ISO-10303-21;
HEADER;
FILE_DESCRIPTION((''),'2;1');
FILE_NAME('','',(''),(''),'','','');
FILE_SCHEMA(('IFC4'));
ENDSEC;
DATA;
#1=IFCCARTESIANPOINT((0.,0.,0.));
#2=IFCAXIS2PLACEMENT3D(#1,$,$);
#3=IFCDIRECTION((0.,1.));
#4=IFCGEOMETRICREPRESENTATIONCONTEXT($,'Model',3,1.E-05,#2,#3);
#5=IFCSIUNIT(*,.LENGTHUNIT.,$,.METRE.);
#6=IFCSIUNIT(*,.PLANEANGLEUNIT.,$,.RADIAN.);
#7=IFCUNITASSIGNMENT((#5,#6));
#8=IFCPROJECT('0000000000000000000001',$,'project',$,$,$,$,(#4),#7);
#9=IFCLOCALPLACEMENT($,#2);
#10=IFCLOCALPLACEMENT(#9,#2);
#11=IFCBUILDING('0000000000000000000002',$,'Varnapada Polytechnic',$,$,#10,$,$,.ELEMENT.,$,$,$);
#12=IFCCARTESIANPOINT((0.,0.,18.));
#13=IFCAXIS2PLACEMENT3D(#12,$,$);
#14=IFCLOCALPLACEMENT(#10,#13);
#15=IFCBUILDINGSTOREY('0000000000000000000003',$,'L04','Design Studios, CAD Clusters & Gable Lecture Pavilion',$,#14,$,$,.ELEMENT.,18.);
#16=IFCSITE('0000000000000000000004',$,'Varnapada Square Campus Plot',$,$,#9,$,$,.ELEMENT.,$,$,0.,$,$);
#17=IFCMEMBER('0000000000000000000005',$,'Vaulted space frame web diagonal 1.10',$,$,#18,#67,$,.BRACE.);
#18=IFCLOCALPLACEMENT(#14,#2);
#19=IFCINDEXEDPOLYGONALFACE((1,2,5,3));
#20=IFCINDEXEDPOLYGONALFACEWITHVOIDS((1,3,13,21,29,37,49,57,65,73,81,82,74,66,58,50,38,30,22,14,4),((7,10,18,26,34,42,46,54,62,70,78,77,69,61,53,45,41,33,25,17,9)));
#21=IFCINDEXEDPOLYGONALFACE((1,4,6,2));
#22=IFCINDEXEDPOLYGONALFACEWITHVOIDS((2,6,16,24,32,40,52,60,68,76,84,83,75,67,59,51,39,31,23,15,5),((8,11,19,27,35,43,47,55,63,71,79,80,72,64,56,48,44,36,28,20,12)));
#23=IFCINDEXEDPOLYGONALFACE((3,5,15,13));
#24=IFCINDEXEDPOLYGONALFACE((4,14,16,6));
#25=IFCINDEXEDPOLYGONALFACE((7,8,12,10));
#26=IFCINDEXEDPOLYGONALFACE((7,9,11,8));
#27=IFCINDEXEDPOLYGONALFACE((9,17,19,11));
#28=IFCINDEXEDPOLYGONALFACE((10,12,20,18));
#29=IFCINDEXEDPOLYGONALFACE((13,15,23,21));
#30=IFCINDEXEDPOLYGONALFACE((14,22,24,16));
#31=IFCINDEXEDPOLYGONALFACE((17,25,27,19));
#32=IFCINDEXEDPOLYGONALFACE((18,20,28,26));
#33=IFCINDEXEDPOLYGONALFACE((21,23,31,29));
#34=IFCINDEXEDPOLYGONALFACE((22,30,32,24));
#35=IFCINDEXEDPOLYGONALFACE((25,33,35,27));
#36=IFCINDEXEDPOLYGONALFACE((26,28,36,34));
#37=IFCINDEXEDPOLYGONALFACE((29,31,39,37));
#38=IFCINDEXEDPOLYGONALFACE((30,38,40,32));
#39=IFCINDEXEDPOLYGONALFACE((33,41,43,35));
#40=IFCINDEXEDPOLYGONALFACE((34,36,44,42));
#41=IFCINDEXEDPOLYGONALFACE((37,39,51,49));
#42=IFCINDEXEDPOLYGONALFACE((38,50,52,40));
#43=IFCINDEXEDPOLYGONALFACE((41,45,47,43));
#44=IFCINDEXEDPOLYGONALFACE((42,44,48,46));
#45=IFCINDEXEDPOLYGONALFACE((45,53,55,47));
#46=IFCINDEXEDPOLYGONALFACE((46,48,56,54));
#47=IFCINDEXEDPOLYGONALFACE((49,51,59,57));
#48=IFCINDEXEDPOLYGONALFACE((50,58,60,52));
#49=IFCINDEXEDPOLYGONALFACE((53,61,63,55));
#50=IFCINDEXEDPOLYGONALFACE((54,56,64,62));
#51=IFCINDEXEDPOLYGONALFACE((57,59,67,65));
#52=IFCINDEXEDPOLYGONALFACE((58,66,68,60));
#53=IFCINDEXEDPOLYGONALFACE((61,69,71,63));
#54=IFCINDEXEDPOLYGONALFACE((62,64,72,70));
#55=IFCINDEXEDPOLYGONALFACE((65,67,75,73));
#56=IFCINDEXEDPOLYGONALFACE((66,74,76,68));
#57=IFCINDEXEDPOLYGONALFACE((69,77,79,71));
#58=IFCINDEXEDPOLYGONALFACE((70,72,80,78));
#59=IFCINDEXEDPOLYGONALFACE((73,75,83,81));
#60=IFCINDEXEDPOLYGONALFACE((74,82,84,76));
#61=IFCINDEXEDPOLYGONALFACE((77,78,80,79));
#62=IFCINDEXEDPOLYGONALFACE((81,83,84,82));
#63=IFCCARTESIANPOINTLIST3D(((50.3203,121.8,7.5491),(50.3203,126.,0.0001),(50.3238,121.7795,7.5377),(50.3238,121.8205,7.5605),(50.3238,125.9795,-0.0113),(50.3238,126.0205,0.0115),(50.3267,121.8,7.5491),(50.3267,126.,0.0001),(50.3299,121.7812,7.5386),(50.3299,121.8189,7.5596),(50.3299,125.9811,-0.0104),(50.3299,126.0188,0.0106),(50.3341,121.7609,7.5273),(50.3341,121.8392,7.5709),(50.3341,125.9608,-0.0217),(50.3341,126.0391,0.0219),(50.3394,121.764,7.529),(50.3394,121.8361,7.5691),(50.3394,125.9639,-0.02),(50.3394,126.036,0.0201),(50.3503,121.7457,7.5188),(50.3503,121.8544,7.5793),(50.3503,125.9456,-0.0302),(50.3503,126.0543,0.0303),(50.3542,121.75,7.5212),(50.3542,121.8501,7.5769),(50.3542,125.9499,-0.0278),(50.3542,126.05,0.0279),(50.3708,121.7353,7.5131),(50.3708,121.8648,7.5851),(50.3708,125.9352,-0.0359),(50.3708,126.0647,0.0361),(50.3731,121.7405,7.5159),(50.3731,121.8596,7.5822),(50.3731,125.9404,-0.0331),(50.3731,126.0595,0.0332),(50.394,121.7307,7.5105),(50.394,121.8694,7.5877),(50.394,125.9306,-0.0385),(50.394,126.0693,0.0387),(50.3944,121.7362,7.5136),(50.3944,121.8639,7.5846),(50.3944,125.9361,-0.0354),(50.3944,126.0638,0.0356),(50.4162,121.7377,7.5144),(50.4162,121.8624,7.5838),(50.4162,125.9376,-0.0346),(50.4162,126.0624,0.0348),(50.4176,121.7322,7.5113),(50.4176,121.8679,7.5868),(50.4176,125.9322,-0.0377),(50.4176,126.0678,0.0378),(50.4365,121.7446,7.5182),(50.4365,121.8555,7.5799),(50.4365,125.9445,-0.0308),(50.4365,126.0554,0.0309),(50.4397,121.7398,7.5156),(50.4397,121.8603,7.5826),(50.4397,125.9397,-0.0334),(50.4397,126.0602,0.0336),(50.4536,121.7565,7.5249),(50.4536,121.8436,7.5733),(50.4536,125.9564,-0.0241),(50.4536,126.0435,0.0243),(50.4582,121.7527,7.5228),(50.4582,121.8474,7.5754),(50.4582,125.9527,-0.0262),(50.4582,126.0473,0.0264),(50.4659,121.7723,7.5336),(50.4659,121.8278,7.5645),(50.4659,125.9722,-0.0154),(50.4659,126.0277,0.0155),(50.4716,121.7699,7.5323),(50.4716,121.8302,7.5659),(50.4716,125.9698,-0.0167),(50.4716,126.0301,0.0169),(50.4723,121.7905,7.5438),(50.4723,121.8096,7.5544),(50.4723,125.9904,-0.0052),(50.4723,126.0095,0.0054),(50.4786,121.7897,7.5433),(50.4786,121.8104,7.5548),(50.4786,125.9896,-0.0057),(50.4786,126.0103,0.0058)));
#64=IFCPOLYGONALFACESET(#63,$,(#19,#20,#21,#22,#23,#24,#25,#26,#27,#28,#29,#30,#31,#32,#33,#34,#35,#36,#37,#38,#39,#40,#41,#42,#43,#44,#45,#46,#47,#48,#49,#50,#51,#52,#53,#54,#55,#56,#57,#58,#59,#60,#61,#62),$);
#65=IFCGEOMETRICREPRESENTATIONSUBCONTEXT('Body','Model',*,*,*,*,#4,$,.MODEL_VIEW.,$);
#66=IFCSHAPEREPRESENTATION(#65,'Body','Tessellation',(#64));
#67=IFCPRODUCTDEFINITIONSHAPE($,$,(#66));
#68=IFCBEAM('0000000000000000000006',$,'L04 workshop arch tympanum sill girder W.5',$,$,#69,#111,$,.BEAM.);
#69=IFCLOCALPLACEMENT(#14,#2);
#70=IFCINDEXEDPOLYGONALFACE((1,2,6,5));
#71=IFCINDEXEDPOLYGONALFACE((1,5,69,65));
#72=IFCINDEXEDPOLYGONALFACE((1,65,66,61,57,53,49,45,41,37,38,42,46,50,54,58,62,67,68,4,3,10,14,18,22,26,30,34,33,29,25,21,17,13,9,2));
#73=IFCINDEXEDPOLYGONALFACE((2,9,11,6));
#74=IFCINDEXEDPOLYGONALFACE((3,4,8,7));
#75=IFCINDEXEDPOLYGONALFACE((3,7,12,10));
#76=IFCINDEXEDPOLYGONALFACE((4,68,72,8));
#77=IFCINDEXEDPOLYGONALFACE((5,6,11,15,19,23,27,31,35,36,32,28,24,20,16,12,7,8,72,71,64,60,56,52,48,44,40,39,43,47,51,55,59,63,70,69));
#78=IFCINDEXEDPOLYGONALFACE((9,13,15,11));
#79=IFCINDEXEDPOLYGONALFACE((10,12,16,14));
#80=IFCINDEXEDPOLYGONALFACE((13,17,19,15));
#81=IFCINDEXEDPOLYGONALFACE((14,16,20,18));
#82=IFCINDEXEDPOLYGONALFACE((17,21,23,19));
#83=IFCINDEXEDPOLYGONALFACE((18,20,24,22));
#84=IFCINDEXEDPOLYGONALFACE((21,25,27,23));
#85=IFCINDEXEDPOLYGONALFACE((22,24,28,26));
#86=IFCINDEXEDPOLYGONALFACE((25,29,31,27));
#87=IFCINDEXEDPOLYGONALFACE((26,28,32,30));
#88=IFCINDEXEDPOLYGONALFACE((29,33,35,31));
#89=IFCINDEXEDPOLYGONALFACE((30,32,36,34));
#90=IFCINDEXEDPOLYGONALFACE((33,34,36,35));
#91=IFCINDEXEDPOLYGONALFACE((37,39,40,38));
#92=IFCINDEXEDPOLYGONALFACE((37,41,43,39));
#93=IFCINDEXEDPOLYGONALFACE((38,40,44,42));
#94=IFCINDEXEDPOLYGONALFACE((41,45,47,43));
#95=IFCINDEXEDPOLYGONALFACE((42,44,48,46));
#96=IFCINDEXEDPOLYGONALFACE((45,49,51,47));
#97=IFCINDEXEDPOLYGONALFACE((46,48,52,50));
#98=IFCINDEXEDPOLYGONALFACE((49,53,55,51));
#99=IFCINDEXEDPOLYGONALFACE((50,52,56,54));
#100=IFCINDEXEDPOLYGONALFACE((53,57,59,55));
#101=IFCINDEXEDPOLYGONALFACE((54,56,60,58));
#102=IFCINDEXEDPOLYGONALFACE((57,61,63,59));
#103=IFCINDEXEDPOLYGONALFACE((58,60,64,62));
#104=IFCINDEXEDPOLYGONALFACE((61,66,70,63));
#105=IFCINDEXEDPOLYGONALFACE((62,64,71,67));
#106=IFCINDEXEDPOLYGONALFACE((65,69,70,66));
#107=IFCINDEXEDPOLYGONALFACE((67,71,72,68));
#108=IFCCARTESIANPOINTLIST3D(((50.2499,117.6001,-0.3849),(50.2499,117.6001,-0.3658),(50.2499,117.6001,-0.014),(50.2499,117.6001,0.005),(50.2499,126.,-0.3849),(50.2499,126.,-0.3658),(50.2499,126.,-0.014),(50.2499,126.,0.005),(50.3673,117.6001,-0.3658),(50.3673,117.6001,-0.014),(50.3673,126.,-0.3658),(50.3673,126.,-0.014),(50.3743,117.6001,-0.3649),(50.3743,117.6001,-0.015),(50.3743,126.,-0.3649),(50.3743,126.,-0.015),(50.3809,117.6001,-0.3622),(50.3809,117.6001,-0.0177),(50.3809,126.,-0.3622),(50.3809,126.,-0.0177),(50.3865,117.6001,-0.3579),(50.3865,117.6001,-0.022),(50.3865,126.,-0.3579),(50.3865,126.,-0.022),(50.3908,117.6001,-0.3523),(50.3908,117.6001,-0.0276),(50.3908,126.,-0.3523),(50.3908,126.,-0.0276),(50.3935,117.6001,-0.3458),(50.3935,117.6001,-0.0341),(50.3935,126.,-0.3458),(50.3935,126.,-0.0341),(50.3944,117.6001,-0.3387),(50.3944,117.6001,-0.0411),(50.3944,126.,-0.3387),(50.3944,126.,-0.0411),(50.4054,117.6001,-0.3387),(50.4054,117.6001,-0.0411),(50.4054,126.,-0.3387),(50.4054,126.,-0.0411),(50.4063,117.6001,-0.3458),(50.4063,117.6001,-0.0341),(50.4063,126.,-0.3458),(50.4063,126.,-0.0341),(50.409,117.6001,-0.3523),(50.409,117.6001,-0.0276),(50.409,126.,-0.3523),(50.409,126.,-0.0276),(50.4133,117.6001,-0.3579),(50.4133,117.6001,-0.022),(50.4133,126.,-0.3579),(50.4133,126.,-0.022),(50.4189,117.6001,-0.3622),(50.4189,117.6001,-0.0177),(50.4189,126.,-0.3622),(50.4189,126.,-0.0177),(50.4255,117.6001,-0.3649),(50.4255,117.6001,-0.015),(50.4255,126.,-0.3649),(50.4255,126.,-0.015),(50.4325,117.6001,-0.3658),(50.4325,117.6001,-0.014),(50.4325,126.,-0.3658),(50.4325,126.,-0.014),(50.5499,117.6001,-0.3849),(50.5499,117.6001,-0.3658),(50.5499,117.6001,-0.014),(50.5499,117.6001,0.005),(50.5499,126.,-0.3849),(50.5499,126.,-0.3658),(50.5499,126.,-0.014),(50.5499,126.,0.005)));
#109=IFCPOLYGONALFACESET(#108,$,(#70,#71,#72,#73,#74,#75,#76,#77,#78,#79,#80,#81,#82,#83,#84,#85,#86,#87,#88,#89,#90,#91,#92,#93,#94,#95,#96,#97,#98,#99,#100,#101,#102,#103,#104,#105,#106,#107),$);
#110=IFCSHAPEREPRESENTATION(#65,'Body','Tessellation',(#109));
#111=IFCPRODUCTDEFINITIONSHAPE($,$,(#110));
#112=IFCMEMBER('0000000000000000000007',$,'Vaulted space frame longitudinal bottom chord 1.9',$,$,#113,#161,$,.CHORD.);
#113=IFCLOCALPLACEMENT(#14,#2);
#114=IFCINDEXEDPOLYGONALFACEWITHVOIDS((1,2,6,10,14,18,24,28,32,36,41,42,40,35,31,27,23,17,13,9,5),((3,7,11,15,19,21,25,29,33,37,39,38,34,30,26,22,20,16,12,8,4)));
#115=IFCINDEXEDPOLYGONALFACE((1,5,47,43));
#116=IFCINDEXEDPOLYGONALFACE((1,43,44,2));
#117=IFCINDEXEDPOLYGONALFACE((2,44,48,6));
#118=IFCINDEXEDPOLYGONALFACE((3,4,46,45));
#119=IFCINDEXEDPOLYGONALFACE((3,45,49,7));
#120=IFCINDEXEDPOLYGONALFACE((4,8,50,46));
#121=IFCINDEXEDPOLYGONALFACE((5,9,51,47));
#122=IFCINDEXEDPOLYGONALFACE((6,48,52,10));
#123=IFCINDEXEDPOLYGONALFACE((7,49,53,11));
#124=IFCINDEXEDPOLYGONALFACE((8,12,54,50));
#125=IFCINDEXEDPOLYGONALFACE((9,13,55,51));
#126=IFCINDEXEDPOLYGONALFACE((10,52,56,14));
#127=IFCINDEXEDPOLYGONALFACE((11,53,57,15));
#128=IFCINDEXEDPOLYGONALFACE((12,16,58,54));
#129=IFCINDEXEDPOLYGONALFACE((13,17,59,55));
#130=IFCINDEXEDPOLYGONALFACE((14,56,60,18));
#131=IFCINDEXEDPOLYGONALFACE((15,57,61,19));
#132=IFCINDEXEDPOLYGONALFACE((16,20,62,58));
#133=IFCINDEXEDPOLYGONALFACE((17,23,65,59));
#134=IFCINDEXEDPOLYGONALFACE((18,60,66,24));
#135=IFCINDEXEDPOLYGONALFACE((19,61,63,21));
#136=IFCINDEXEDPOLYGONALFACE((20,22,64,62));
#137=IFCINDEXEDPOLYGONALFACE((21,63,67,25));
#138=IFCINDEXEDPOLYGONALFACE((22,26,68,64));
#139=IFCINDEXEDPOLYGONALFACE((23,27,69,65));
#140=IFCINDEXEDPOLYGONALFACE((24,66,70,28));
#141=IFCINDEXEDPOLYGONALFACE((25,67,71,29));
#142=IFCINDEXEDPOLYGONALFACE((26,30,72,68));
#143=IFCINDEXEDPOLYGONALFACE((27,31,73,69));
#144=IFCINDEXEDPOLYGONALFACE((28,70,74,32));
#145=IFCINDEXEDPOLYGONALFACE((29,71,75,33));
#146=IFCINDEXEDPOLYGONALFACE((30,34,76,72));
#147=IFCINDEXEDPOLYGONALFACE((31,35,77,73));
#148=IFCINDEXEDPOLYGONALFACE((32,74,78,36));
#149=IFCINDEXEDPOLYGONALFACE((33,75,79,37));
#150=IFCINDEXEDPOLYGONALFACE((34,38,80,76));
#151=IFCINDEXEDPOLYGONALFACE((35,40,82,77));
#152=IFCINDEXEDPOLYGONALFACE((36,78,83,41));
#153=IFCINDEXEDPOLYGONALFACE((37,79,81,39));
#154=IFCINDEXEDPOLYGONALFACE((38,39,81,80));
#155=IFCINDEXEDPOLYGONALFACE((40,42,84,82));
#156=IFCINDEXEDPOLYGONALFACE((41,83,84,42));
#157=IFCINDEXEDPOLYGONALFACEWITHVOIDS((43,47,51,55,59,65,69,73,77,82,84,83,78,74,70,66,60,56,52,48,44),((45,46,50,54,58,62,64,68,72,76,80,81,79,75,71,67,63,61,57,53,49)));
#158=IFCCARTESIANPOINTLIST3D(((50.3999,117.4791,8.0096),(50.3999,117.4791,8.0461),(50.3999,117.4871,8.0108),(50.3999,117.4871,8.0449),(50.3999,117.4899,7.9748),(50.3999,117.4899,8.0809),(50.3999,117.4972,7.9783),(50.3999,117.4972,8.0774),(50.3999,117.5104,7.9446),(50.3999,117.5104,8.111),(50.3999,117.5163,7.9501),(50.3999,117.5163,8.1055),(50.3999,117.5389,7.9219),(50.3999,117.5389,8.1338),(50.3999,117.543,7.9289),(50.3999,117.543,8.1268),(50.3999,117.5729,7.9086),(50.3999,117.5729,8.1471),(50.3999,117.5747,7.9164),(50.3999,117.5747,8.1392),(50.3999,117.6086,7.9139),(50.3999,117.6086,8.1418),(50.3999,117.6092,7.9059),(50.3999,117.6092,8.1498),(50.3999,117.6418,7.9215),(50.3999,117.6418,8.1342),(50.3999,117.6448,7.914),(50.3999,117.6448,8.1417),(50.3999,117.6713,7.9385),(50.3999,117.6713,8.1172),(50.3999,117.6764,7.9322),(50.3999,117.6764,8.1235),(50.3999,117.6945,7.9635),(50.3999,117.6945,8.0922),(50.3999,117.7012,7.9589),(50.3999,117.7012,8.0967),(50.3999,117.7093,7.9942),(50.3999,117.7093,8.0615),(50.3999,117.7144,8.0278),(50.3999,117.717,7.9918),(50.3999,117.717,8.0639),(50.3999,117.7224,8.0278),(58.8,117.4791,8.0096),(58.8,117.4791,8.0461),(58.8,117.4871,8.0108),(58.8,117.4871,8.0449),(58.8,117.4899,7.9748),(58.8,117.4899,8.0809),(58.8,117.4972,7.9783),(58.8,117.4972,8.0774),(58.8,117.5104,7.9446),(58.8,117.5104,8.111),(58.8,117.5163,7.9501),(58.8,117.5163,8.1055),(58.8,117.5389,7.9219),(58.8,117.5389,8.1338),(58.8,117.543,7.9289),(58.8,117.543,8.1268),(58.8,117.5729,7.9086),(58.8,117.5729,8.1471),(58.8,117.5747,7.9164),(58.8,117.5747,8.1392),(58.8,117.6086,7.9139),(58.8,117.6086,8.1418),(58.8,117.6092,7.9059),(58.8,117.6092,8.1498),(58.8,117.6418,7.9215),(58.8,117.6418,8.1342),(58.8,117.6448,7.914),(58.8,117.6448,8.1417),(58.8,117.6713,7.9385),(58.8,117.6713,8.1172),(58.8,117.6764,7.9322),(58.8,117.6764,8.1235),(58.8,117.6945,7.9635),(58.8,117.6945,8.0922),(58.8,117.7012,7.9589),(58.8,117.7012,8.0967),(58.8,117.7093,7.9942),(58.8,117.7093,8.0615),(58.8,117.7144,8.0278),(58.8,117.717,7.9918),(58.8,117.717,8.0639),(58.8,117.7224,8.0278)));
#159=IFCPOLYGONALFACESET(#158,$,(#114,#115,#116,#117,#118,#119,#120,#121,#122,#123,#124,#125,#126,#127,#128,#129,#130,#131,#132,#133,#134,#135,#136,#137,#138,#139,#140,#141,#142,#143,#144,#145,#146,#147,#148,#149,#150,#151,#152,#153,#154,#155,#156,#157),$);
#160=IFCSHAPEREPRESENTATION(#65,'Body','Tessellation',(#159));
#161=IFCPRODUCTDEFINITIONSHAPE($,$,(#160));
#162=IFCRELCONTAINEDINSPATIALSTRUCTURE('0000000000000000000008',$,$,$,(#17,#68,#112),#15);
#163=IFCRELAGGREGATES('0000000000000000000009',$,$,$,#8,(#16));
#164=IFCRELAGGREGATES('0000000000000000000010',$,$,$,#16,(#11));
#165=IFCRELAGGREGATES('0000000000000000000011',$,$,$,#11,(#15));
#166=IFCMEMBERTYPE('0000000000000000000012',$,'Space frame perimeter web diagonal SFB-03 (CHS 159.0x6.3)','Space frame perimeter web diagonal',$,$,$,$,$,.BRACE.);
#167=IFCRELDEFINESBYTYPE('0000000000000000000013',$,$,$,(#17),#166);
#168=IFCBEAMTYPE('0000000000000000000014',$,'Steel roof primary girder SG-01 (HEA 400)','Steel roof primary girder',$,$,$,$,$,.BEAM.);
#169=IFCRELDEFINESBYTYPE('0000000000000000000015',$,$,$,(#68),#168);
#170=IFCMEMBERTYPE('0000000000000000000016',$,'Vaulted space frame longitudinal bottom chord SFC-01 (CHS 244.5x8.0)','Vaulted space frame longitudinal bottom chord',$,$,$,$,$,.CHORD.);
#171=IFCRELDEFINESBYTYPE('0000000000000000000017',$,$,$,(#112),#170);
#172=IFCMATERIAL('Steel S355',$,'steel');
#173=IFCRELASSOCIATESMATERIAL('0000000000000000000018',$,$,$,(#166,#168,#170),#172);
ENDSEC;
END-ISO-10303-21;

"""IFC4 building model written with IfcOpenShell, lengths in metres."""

from ifc_helpers import new_model, si_unit, direction, frame, origin, origin_2d, place, context, subcontext, project, spatial, hollow_circle, i_section, extrude, material, material_profile, profile_set, type_object, element, save


model = new_model("IFC4")

# Units and contexts
model_context = context("Model", 3, precision=1e-05, world=origin(), true_north=direction((0.0, 1.0)))
body_context = subcontext(model_context, "Body", "Model", "MODEL_VIEW")
ifc_project = project(units=[si_unit("LENGTHUNIT", "METRE"), si_unit("PLANEANGLEUNIT", "RADIAN")], contexts=[model_context])

# Site, building, storey
site_placement = place(None, origin())
site = spatial("IfcSite", under=ifc_project, at=site_placement, Name="Varnapada Square Campus Plot", CompositionType="ELEMENT", RefElevation=0.0)
building_placement = place(site_placement, origin())
building = spatial("IfcBuilding", under=site, at=building_placement, Name="Varnapada Polytechnic", CompositionType="ELEMENT")
storey_placement = place(building_placement, frame((0.0, 0.0, 18.0)))
storey = spatial("IfcBuildingStorey", under=building, at=storey_placement, Name="L04", Description="Design Studios, CAD Clusters & Gable Lecture Pavilion", CompositionType="ELEMENT", Elevation=18.0)

# Shared definitions
ifc_material = material(Name="Steel S355", Category="steel")

# Member
ifc_material_profile_1 = material_profile(ifc_material, hollow_circle(Radius=0.0796, WallThickness=0.0063, at=origin_2d()), Name="CHS 159.0x6.3")
ifc_profile_set_1 = profile_set([ifc_material_profile_1], Name="Steel S355")
member_type_1 = type_object("IfcMemberType", Name="Space frame perimeter web diagonal SFB-03 (CHS 159.0x6.3)", Description="Space frame perimeter web diagonal", PredefinedType="BRACE", material=ifc_profile_set_1)
member_1_placement = place(storey_placement, frame((50.3999, 121.8, 7.5491), z_axis=(0.0, 0.486176, -0.873861), x_axis=(-1.0, 0.0, 0.0)))
element("IfcMember", 1, at=member_1_placement, inside=storey, type_object=member_type_1, Name="Vaulted space frame web diagonal 1.10", PredefinedType="BRACE", context=body_context, shape_type="SweptSolid", body=[
    extrude(hollow_circle(Radius=0.0796, WallThickness=0.0063, at=origin_2d()), origin(), (0.0, 0.0, 1.0), 8.6387),
])

# Beam
ifc_material_profile_2 = material_profile(ifc_material, i_section(OverallWidth=0.3, OverallDepth=0.3899, WebThickness=0.011, FlangeThickness=0.019, FilletRadius=0.0271, at=origin_2d()), Name="HEA 400")
ifc_profile_set_2 = profile_set([ifc_material_profile_2], Name="Steel S355")
beam_type_1 = type_object("IfcBeamType", Name="Steel roof primary girder SG-01 (HEA 400)", Description="Steel roof primary girder", PredefinedType="BEAM", material=ifc_profile_set_2)
beam_1_placement = place(storey_placement, frame((50.3999, 117.6001, -0.1899), z_axis=(0.0, 1.0, 0.0), x_axis=(-1.0, 0.0, 0.0)))
element("IfcBeam", 2, at=beam_1_placement, inside=storey, type_object=beam_type_1, Name="L04 workshop arch tympanum sill girder W.5", PredefinedType="BEAM", context=body_context, shape_type="SweptSolid", body=[
    extrude(i_section(OverallWidth=0.3, OverallDepth=0.3899, WebThickness=0.011, FlangeThickness=0.019, FilletRadius=0.0271, at=origin_2d()), origin(), (0.0, 0.0, 1.0), 8.3999),
])

# Member
ifc_material_profile_3 = material_profile(ifc_material, hollow_circle(Radius=0.1223, WallThickness=0.0081, at=origin_2d()), Name="CHS 244.5x8.0")
ifc_profile_set_3 = profile_set([ifc_material_profile_3], Name="Steel S355")
member_type_2 = type_object("IfcMemberType", Name="Vaulted space frame longitudinal bottom chord SFC-01 (CHS 244.5x8.0)", Description="Vaulted space frame longitudinal bottom chord", PredefinedType="CHORD", material=ifc_profile_set_3)
for number, where, z_axis, x_axis, name in (
    (3, (50.3999, 117.6001, 8.0278), (1.0, 0.0, 0.0), (0.0, 1.0, 0.0), "Vaulted space frame longitudinal bottom chord 1.9"),
):
    element("IfcMember", number, at=place(storey_placement, frame(where, z_axis=z_axis, x_axis=x_axis)), inside=storey, type_object=member_type_2, Name=name, PredefinedType="CHORD", context=body_context, shape_type="SweptSolid", body=[
        extrude(hollow_circle(Radius=0.1223, WallThickness=0.0081, at=origin_2d()), origin(), (0.0, 0.0, 1.0), 8.4001),
    ])

save(model, "model.ifc")
